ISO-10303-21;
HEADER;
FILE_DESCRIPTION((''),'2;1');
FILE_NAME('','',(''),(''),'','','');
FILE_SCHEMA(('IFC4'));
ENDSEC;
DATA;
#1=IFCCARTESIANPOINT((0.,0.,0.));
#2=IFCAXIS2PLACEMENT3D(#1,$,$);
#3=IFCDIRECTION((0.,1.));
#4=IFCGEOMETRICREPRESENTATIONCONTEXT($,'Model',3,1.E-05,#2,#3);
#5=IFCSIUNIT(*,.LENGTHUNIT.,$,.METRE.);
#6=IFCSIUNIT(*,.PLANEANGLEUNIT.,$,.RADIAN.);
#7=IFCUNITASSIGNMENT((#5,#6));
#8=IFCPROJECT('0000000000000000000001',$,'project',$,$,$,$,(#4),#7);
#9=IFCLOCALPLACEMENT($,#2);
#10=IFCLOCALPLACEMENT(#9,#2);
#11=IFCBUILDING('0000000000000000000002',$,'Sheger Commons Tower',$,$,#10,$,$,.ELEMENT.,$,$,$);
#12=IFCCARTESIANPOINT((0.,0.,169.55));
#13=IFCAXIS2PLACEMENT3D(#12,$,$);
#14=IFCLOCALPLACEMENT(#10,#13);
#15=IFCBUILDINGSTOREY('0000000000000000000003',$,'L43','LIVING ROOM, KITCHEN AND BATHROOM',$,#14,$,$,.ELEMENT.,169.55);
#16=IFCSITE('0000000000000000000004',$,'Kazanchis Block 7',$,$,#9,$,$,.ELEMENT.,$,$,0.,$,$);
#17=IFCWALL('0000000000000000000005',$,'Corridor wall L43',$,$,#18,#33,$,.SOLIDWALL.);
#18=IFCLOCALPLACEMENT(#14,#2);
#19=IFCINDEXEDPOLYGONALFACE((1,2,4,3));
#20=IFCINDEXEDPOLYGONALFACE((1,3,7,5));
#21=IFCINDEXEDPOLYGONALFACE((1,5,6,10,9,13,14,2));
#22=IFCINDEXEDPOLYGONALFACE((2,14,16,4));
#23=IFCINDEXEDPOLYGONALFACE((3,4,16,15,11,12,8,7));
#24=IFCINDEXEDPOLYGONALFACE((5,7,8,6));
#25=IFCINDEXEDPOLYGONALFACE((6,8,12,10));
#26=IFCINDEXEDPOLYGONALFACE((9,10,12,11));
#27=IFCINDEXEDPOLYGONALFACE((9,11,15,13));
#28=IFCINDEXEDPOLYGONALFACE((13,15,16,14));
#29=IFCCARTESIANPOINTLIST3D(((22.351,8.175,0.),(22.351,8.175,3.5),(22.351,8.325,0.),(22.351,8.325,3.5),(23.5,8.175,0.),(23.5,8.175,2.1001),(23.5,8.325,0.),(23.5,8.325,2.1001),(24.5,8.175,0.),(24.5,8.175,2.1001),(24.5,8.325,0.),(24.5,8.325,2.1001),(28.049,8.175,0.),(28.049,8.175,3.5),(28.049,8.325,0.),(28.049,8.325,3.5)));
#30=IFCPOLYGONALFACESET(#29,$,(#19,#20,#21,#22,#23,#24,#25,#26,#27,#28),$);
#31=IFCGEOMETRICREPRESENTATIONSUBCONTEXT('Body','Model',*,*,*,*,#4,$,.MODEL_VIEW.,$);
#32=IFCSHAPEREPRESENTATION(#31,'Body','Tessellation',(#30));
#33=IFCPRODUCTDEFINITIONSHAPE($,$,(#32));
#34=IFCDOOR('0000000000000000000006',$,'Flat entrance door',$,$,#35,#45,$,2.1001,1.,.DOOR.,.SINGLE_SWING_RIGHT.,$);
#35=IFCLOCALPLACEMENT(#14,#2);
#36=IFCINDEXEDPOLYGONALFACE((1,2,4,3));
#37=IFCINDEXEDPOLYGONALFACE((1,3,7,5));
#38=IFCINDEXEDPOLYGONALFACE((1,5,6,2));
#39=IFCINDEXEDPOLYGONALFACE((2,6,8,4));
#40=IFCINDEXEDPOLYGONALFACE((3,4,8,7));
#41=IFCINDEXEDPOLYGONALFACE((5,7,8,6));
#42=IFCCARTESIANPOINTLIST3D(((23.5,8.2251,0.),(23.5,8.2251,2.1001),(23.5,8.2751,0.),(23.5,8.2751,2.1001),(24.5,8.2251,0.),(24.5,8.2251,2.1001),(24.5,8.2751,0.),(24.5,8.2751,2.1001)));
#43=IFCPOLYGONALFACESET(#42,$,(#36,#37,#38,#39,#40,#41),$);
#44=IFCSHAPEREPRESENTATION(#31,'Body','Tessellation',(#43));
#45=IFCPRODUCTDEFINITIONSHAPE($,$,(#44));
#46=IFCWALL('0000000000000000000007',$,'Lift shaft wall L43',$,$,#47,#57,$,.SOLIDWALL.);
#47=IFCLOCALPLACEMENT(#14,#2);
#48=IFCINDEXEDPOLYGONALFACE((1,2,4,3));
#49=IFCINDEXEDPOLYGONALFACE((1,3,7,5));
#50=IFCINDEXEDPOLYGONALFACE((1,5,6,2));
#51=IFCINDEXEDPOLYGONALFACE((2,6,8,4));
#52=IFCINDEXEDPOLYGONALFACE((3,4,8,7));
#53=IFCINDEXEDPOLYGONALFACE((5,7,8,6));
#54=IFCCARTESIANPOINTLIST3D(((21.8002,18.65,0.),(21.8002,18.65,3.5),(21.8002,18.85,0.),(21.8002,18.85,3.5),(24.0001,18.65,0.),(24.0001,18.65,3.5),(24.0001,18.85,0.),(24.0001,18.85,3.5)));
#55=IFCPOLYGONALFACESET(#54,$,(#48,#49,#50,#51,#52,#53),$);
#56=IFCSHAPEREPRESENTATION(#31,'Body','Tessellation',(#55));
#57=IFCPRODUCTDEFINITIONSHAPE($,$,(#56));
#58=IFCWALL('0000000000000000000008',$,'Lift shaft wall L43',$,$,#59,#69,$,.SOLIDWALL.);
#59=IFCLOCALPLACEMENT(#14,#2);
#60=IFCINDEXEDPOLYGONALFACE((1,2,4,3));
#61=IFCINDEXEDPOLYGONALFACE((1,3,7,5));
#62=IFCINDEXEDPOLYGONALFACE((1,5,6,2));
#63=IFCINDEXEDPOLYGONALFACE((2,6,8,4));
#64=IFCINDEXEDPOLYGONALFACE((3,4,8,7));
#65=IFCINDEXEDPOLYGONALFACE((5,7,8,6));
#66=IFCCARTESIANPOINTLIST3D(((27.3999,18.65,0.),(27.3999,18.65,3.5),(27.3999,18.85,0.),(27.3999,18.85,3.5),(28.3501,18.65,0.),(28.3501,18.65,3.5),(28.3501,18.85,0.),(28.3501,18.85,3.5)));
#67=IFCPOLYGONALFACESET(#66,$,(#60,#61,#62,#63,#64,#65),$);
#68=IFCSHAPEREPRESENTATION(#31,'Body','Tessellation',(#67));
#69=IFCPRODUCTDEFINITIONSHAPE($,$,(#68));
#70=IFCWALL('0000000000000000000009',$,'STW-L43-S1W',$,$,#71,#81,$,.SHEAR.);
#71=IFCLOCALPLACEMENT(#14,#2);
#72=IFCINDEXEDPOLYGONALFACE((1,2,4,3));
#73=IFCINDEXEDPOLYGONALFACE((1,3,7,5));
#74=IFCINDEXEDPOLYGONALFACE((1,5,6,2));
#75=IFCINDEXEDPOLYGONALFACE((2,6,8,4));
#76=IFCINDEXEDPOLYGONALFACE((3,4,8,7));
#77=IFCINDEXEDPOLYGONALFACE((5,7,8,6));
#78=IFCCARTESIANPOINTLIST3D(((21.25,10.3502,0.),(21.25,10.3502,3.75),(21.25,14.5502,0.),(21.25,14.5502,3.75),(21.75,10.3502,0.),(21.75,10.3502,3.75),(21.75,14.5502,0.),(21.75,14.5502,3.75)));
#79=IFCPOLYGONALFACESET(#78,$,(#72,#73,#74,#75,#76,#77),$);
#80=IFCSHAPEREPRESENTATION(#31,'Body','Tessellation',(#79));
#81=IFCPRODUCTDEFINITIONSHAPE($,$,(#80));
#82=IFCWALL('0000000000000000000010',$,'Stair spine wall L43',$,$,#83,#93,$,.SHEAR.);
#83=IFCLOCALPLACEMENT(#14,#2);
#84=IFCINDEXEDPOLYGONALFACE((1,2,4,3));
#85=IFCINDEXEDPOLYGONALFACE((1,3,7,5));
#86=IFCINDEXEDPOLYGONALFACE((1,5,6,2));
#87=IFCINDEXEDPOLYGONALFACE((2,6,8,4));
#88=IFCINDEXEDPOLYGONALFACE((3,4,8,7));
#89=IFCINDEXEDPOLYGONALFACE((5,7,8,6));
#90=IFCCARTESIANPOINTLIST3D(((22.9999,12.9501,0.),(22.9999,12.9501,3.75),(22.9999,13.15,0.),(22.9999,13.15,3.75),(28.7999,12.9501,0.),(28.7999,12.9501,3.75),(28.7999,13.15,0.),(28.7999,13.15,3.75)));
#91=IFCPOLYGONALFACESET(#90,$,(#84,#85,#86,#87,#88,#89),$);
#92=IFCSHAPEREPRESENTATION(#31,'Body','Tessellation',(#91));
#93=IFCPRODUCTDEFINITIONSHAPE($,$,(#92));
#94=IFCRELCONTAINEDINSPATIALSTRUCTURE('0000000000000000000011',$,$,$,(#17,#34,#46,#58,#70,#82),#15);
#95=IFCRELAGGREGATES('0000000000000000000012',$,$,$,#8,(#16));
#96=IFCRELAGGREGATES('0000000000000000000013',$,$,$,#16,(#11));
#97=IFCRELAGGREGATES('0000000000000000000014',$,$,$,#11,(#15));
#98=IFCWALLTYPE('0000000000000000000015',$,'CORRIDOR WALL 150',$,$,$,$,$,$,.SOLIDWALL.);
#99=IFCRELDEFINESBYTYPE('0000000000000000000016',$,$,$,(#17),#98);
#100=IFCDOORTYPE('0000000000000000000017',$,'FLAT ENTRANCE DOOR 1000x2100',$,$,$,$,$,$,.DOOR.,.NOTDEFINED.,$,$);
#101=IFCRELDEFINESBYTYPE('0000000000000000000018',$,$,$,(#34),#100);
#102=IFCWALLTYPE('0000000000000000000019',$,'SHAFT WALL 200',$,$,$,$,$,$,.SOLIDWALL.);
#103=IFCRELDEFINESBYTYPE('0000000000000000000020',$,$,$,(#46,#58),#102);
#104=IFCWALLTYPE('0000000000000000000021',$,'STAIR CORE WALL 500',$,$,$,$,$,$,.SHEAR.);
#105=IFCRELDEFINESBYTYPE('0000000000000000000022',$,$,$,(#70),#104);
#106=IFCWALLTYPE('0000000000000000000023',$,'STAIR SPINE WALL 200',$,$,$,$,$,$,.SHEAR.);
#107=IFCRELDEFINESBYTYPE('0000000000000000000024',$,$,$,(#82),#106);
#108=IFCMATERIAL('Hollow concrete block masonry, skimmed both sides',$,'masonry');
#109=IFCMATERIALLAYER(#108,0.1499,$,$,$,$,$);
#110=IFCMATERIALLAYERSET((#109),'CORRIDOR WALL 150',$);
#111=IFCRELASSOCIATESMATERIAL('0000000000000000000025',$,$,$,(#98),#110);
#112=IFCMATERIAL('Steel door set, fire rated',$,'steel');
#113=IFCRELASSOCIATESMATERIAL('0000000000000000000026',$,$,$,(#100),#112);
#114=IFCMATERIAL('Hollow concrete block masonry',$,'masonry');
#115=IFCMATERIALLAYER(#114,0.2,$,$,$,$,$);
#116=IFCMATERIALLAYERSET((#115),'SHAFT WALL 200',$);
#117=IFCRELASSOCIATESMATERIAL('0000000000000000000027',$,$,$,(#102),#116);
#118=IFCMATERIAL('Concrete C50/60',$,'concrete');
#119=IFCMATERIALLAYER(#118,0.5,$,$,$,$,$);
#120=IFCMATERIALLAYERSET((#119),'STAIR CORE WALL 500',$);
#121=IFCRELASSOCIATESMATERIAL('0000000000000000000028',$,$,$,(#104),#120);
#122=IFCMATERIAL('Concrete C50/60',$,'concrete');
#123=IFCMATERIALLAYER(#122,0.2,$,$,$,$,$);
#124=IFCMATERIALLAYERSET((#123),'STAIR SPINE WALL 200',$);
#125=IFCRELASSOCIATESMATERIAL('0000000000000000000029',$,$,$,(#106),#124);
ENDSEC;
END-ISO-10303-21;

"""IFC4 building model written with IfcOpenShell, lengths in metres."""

from ifc_helpers import new_model, si_unit, direction, frame, frame_2d, origin, place, context, subcontext, project, spatial, rectangle, extrude, material, layer, layer_set, type_object, element, fill, save


model = new_model("IFC4")

# Units and contexts
model_context = context("Model", 3, precision=1e-05, world=origin(), true_north=direction((0.0, 1.0)))
body_context = subcontext(model_context, "Body", "Model", "MODEL_VIEW")
ifc_project = project(units=[si_unit("LENGTHUNIT", "METRE"), si_unit("PLANEANGLEUNIT", "RADIAN")], contexts=[model_context])

# Site, building, storey
site_placement = place(None, origin())
site = spatial("IfcSite", under=ifc_project, at=site_placement, Name="Kazanchis Block 7", CompositionType="ELEMENT", RefElevation=0.0)
building_placement = place(site_placement, origin())
building = spatial("IfcBuilding", under=site, at=building_placement, Name="Sheger Commons Tower", CompositionType="ELEMENT")
storey_placement = place(building_placement, frame((0.0, 0.0, 169.55)))
storey = spatial("IfcBuildingStorey", under=building, at=storey_placement, Name="L43", Description="LIVING ROOM, KITCHEN AND BATHROOM", CompositionType="ELEMENT", Elevation=169.55)

# Wall, opening, door
ifc_material_1 = material(Name="Hollow concrete block masonry, skimmed both sides", Category="masonry")
ifc_layer_1 = layer(ifc_material_1, 0.1499)
ifc_layer_set_1 = layer_set([ifc_layer_1], Name="CORRIDOR WALL 150")
wall_type_1 = type_object("IfcWallType", Name="CORRIDOR WALL 150", PredefinedType="SOLIDWALL", material=ifc_layer_set_1)
wall_1_placement = place(storey_placement, frame((28.0491, 8.25, 0.0), z_axis=(0.0, 0.0, 1.0), x_axis=(-1.0, 0.0, 0.0)))
wall_1 = element("IfcWall", 1, at=wall_1_placement, inside=storey, type_object=wall_type_1, Name="Corridor wall L43", PredefinedType="SOLIDWALL", context=body_context, shape_type="SweptSolid", body=[
    extrude(rectangle(XDim=5.698, YDim=0.1499, at=frame_2d((2.8491, 0.0))), origin(), (0.0, 0.0, 1.0), 3.5),
])
opening_1_placement = place(wall_1_placement, frame((3.5491, 0.0, 0.0)))
opening_1 = element("IfcOpeningElement", 2, at=opening_1_placement, cuts=wall_1, PredefinedType="OPENING", context=body_context, shape_type="SweptSolid", body=[
    extrude(rectangle(XDim=1.0, YDim=2.1001, at=frame_2d((0.5, 1.05))), frame((0.0, 0.085, 0.0), z_axis=(0.0, -1.0, 0.0), x_axis=(1.0, 0.0, 0.0)), (0.0, 0.0, 1.0), 0.1699),
])
ifc_material_2 = material(Name="Steel door set, fire rated", Category="steel")
door_type_1 = type_object("IfcDoorType", Name="FLAT ENTRANCE DOOR 1000x2100", OperationType="NOTDEFINED", PredefinedType="DOOR", material=ifc_material_2)
door_1_placement = place(opening_1_placement, origin())
door_1 = element("IfcDoor", 3, at=door_1_placement, inside=storey, type_object=door_type_1, Name="Flat entrance door", OperationType="SINGLE_SWING_RIGHT", OverallHeight=2.1001, OverallWidth=1.0, PredefinedType="DOOR", context=body_context, shape_type="SweptSolid", body=[
    extrude(rectangle(XDim=1.0, YDim=2.1001, at=frame_2d((0.5, 1.05))), frame((0.0, 0.0249, 0.0), z_axis=(0.0, -1.0, 0.0), x_axis=(1.0, 0.0, 0.0)), (0.0, 0.0, 1.0), 0.05),
])
fill(opening_1, door_1)

# Walls
ifc_material_3 = material(Name="Hollow concrete block masonry", Category="masonry")
ifc_layer_2 = layer(ifc_material_3, 0.2)
ifc_layer_set_2 = layer_set([ifc_layer_2], Name="SHAFT WALL 200")
wall_type_2 = type_object("IfcWallType", Name="SHAFT WALL 200", PredefinedType="SOLIDWALL", material=ifc_layer_set_2)
wall_2_placement = place(storey_placement, frame((21.8, 18.75, 0.0), z_axis=(0.0, 0.0, 1.0), x_axis=(1.0, 0.0, 0.0)))
element("IfcWall", 4, at=wall_2_placement, inside=storey, type_object=wall_type_2, Name="Lift shaft wall L43", PredefinedType="SOLIDWALL", context=body_context, shape_type="SweptSolid", body=[
    extrude(rectangle(XDim=2.2, YDim=0.2, at=frame_2d((1.1001, 0.0))), origin(), (0.0, 0.0, 1.0), 3.5),
])
wall_3_placement = place(storey_placement, frame((27.3999, 18.75, 0.0), z_axis=(0.0, 0.0, 1.0), x_axis=(1.0, 0.0, 0.0)))
element("IfcWall", 5, at=wall_3_placement, inside=storey, type_object=wall_type_2, Name="Lift shaft wall L43", PredefinedType="SOLIDWALL", context=body_context, shape_type="SweptSolid", body=[
    extrude(rectangle(XDim=0.9502, YDim=0.2, at=frame_2d((0.4751, 0.0))), origin(), (0.0, 0.0, 1.0), 3.5),
])
ifc_material_4 = material(Name="Concrete C50/60", Category="concrete")
ifc_layer_3 = layer(ifc_material_4, 0.5)
ifc_layer_set_3 = layer_set([ifc_layer_3], Name="STAIR CORE WALL 500")
wall_type_3 = type_object("IfcWallType", Name="STAIR CORE WALL 500", PredefinedType="SHEAR", material=ifc_layer_set_3)
wall_4_placement = place(storey_placement, frame((21.5, 10.3501, 0.0), z_axis=(0.0, 0.0, 1.0), x_axis=(0.0, 1.0, 0.0)))
element("IfcWall", 6, at=wall_4_placement, inside=storey, type_object=wall_type_3, Name="STW-L43-S1W", PredefinedType="SHEAR", context=body_context, shape_type="SweptSolid", body=[
    extrude(rectangle(XDim=4.2, YDim=0.5, at=frame_2d((2.1001, 0.0))), origin(), (0.0, 0.0, 1.0), 3.75),
])
ifc_material_5 = material(Name="Concrete C50/60", Category="concrete")
ifc_layer_4 = layer(ifc_material_5, 0.2)
ifc_layer_set_4 = layer_set([ifc_layer_4], Name="STAIR SPINE WALL 200")
wall_type_4 = type_object("IfcWallType", Name="STAIR SPINE WALL 200", PredefinedType="SHEAR", material=ifc_layer_set_4)
wall_5_placement = place(storey_placement, frame((23.0, 13.05, 0.0), z_axis=(0.0, 0.0, 1.0), x_axis=(1.0, 0.0, 0.0)))
element("IfcWall", 7, at=wall_5_placement, inside=storey, type_object=wall_type_4, Name="Stair spine wall L43", PredefinedType="SHEAR", context=body_context, shape_type="SweptSolid", body=[
    extrude(rectangle(XDim=5.8, YDim=0.2, at=frame_2d((2.8999, 0.0))), origin(), (0.0, 0.0, 1.0), 3.75),
])

save(model, "model.ifc")
